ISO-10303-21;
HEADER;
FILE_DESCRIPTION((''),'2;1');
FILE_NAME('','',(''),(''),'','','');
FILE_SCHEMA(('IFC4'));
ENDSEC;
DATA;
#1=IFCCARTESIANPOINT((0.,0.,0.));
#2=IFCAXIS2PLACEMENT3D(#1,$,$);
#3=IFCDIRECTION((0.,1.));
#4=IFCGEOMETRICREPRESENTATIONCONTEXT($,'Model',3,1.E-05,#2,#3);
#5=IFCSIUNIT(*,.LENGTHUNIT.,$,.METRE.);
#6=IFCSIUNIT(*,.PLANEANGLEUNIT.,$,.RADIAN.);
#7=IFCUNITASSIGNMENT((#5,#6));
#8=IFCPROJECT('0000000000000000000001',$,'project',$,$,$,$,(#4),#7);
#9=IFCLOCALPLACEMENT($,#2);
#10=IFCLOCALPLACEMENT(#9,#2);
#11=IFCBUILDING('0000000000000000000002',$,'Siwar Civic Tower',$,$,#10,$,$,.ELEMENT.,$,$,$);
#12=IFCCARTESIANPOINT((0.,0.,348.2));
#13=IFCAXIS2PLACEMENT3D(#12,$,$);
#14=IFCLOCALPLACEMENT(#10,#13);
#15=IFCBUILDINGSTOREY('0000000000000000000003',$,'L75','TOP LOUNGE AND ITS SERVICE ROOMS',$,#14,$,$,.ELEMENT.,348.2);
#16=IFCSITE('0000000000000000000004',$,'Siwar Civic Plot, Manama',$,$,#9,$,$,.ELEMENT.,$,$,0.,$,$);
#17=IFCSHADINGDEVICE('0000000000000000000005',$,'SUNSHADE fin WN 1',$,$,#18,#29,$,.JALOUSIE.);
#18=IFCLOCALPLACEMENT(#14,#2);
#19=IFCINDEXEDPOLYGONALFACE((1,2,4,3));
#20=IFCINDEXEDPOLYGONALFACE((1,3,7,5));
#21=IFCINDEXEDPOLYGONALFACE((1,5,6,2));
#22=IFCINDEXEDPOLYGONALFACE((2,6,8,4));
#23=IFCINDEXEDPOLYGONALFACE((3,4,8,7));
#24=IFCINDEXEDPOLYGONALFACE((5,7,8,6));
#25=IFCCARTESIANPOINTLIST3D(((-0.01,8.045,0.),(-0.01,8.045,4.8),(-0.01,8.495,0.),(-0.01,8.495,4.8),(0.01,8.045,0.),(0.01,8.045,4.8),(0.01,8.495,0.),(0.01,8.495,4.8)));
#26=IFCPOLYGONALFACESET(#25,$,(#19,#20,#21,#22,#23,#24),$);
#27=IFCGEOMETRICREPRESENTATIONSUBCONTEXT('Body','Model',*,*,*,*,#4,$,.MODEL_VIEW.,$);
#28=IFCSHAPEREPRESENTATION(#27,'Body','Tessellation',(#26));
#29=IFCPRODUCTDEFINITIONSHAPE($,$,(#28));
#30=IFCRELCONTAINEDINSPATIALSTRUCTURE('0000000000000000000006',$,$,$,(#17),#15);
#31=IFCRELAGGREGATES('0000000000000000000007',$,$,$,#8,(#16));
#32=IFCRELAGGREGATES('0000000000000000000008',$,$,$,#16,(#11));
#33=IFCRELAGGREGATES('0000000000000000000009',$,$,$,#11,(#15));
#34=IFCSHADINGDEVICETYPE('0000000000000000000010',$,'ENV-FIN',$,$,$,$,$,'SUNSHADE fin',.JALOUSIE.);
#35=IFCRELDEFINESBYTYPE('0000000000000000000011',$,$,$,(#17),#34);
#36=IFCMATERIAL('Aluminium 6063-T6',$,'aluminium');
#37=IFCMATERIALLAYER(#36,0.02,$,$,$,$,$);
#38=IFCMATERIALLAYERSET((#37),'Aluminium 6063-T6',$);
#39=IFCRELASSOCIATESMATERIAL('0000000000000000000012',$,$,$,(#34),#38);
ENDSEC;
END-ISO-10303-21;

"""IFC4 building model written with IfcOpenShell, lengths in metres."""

from ifc_helpers import new_model, si_unit, direction, frame, origin, origin_2d, place, context, subcontext, project, spatial, rectangle, extrude, material, layer, layer_set, type_object, element, save


model = new_model("IFC4")

# Units and contexts
model_context = context("Model", 3, precision=1e-05, world=origin(), true_north=direction((0.0, 1.0)))
body_context = subcontext(model_context, "Body", "Model", "MODEL_VIEW")
ifc_project = project(units=[si_unit("LENGTHUNIT", "METRE"), si_unit("PLANEANGLEUNIT", "RADIAN")], contexts=[model_context])

# Site, building, storey
site_placement = place(None, origin())
site = spatial("IfcSite", under=ifc_project, at=site_placement, Name="Siwar Civic Plot, Manama", CompositionType="ELEMENT", RefElevation=0.0)
building_placement = place(site_placement, origin())
building = spatial("IfcBuilding", under=site, at=building_placement, Name="Siwar Civic Tower", CompositionType="ELEMENT")
storey_placement = place(building_placement, frame((0.0, 0.0, 348.2)))
storey = spatial("IfcBuildingStorey", under=building, at=storey_placement, Name="L75", Description="TOP LOUNGE AND ITS SERVICE ROOMS", CompositionType="ELEMENT", Elevation=348.2)

# Shading device
ifc_material_1 = material(Name="Aluminium 6063-T6", Category="aluminium")
ifc_layer_1 = layer(ifc_material_1, 0.02)
ifc_layer_set_1 = layer_set([ifc_layer_1], Name="Aluminium 6063-T6")
shading_device_type = type_object("IfcShadingDeviceType", Name="ENV-FIN", ElementType="SUNSHADE fin", PredefinedType="JALOUSIE", material=ifc_layer_set_1)
shading_device_placement = place(storey_placement, frame((0.0, 8.27, 0.0), z_axis=(0.0, 0.0, 1.0), x_axis=(-1.0, 0.0, 0.0)))
element("IfcShadingDevice", 1, at=shading_device_placement, inside=storey, type_object=shading_device_type, Name="SUNSHADE fin WN 1", PredefinedType="JALOUSIE", context=body_context, shape_type="SweptSolid", body=[
    extrude(rectangle(XDim=0.02, YDim=0.45, at=origin_2d()), origin(), (0.0, 0.0, 1.0), 4.8),
])

save(model, "model.ifc")
